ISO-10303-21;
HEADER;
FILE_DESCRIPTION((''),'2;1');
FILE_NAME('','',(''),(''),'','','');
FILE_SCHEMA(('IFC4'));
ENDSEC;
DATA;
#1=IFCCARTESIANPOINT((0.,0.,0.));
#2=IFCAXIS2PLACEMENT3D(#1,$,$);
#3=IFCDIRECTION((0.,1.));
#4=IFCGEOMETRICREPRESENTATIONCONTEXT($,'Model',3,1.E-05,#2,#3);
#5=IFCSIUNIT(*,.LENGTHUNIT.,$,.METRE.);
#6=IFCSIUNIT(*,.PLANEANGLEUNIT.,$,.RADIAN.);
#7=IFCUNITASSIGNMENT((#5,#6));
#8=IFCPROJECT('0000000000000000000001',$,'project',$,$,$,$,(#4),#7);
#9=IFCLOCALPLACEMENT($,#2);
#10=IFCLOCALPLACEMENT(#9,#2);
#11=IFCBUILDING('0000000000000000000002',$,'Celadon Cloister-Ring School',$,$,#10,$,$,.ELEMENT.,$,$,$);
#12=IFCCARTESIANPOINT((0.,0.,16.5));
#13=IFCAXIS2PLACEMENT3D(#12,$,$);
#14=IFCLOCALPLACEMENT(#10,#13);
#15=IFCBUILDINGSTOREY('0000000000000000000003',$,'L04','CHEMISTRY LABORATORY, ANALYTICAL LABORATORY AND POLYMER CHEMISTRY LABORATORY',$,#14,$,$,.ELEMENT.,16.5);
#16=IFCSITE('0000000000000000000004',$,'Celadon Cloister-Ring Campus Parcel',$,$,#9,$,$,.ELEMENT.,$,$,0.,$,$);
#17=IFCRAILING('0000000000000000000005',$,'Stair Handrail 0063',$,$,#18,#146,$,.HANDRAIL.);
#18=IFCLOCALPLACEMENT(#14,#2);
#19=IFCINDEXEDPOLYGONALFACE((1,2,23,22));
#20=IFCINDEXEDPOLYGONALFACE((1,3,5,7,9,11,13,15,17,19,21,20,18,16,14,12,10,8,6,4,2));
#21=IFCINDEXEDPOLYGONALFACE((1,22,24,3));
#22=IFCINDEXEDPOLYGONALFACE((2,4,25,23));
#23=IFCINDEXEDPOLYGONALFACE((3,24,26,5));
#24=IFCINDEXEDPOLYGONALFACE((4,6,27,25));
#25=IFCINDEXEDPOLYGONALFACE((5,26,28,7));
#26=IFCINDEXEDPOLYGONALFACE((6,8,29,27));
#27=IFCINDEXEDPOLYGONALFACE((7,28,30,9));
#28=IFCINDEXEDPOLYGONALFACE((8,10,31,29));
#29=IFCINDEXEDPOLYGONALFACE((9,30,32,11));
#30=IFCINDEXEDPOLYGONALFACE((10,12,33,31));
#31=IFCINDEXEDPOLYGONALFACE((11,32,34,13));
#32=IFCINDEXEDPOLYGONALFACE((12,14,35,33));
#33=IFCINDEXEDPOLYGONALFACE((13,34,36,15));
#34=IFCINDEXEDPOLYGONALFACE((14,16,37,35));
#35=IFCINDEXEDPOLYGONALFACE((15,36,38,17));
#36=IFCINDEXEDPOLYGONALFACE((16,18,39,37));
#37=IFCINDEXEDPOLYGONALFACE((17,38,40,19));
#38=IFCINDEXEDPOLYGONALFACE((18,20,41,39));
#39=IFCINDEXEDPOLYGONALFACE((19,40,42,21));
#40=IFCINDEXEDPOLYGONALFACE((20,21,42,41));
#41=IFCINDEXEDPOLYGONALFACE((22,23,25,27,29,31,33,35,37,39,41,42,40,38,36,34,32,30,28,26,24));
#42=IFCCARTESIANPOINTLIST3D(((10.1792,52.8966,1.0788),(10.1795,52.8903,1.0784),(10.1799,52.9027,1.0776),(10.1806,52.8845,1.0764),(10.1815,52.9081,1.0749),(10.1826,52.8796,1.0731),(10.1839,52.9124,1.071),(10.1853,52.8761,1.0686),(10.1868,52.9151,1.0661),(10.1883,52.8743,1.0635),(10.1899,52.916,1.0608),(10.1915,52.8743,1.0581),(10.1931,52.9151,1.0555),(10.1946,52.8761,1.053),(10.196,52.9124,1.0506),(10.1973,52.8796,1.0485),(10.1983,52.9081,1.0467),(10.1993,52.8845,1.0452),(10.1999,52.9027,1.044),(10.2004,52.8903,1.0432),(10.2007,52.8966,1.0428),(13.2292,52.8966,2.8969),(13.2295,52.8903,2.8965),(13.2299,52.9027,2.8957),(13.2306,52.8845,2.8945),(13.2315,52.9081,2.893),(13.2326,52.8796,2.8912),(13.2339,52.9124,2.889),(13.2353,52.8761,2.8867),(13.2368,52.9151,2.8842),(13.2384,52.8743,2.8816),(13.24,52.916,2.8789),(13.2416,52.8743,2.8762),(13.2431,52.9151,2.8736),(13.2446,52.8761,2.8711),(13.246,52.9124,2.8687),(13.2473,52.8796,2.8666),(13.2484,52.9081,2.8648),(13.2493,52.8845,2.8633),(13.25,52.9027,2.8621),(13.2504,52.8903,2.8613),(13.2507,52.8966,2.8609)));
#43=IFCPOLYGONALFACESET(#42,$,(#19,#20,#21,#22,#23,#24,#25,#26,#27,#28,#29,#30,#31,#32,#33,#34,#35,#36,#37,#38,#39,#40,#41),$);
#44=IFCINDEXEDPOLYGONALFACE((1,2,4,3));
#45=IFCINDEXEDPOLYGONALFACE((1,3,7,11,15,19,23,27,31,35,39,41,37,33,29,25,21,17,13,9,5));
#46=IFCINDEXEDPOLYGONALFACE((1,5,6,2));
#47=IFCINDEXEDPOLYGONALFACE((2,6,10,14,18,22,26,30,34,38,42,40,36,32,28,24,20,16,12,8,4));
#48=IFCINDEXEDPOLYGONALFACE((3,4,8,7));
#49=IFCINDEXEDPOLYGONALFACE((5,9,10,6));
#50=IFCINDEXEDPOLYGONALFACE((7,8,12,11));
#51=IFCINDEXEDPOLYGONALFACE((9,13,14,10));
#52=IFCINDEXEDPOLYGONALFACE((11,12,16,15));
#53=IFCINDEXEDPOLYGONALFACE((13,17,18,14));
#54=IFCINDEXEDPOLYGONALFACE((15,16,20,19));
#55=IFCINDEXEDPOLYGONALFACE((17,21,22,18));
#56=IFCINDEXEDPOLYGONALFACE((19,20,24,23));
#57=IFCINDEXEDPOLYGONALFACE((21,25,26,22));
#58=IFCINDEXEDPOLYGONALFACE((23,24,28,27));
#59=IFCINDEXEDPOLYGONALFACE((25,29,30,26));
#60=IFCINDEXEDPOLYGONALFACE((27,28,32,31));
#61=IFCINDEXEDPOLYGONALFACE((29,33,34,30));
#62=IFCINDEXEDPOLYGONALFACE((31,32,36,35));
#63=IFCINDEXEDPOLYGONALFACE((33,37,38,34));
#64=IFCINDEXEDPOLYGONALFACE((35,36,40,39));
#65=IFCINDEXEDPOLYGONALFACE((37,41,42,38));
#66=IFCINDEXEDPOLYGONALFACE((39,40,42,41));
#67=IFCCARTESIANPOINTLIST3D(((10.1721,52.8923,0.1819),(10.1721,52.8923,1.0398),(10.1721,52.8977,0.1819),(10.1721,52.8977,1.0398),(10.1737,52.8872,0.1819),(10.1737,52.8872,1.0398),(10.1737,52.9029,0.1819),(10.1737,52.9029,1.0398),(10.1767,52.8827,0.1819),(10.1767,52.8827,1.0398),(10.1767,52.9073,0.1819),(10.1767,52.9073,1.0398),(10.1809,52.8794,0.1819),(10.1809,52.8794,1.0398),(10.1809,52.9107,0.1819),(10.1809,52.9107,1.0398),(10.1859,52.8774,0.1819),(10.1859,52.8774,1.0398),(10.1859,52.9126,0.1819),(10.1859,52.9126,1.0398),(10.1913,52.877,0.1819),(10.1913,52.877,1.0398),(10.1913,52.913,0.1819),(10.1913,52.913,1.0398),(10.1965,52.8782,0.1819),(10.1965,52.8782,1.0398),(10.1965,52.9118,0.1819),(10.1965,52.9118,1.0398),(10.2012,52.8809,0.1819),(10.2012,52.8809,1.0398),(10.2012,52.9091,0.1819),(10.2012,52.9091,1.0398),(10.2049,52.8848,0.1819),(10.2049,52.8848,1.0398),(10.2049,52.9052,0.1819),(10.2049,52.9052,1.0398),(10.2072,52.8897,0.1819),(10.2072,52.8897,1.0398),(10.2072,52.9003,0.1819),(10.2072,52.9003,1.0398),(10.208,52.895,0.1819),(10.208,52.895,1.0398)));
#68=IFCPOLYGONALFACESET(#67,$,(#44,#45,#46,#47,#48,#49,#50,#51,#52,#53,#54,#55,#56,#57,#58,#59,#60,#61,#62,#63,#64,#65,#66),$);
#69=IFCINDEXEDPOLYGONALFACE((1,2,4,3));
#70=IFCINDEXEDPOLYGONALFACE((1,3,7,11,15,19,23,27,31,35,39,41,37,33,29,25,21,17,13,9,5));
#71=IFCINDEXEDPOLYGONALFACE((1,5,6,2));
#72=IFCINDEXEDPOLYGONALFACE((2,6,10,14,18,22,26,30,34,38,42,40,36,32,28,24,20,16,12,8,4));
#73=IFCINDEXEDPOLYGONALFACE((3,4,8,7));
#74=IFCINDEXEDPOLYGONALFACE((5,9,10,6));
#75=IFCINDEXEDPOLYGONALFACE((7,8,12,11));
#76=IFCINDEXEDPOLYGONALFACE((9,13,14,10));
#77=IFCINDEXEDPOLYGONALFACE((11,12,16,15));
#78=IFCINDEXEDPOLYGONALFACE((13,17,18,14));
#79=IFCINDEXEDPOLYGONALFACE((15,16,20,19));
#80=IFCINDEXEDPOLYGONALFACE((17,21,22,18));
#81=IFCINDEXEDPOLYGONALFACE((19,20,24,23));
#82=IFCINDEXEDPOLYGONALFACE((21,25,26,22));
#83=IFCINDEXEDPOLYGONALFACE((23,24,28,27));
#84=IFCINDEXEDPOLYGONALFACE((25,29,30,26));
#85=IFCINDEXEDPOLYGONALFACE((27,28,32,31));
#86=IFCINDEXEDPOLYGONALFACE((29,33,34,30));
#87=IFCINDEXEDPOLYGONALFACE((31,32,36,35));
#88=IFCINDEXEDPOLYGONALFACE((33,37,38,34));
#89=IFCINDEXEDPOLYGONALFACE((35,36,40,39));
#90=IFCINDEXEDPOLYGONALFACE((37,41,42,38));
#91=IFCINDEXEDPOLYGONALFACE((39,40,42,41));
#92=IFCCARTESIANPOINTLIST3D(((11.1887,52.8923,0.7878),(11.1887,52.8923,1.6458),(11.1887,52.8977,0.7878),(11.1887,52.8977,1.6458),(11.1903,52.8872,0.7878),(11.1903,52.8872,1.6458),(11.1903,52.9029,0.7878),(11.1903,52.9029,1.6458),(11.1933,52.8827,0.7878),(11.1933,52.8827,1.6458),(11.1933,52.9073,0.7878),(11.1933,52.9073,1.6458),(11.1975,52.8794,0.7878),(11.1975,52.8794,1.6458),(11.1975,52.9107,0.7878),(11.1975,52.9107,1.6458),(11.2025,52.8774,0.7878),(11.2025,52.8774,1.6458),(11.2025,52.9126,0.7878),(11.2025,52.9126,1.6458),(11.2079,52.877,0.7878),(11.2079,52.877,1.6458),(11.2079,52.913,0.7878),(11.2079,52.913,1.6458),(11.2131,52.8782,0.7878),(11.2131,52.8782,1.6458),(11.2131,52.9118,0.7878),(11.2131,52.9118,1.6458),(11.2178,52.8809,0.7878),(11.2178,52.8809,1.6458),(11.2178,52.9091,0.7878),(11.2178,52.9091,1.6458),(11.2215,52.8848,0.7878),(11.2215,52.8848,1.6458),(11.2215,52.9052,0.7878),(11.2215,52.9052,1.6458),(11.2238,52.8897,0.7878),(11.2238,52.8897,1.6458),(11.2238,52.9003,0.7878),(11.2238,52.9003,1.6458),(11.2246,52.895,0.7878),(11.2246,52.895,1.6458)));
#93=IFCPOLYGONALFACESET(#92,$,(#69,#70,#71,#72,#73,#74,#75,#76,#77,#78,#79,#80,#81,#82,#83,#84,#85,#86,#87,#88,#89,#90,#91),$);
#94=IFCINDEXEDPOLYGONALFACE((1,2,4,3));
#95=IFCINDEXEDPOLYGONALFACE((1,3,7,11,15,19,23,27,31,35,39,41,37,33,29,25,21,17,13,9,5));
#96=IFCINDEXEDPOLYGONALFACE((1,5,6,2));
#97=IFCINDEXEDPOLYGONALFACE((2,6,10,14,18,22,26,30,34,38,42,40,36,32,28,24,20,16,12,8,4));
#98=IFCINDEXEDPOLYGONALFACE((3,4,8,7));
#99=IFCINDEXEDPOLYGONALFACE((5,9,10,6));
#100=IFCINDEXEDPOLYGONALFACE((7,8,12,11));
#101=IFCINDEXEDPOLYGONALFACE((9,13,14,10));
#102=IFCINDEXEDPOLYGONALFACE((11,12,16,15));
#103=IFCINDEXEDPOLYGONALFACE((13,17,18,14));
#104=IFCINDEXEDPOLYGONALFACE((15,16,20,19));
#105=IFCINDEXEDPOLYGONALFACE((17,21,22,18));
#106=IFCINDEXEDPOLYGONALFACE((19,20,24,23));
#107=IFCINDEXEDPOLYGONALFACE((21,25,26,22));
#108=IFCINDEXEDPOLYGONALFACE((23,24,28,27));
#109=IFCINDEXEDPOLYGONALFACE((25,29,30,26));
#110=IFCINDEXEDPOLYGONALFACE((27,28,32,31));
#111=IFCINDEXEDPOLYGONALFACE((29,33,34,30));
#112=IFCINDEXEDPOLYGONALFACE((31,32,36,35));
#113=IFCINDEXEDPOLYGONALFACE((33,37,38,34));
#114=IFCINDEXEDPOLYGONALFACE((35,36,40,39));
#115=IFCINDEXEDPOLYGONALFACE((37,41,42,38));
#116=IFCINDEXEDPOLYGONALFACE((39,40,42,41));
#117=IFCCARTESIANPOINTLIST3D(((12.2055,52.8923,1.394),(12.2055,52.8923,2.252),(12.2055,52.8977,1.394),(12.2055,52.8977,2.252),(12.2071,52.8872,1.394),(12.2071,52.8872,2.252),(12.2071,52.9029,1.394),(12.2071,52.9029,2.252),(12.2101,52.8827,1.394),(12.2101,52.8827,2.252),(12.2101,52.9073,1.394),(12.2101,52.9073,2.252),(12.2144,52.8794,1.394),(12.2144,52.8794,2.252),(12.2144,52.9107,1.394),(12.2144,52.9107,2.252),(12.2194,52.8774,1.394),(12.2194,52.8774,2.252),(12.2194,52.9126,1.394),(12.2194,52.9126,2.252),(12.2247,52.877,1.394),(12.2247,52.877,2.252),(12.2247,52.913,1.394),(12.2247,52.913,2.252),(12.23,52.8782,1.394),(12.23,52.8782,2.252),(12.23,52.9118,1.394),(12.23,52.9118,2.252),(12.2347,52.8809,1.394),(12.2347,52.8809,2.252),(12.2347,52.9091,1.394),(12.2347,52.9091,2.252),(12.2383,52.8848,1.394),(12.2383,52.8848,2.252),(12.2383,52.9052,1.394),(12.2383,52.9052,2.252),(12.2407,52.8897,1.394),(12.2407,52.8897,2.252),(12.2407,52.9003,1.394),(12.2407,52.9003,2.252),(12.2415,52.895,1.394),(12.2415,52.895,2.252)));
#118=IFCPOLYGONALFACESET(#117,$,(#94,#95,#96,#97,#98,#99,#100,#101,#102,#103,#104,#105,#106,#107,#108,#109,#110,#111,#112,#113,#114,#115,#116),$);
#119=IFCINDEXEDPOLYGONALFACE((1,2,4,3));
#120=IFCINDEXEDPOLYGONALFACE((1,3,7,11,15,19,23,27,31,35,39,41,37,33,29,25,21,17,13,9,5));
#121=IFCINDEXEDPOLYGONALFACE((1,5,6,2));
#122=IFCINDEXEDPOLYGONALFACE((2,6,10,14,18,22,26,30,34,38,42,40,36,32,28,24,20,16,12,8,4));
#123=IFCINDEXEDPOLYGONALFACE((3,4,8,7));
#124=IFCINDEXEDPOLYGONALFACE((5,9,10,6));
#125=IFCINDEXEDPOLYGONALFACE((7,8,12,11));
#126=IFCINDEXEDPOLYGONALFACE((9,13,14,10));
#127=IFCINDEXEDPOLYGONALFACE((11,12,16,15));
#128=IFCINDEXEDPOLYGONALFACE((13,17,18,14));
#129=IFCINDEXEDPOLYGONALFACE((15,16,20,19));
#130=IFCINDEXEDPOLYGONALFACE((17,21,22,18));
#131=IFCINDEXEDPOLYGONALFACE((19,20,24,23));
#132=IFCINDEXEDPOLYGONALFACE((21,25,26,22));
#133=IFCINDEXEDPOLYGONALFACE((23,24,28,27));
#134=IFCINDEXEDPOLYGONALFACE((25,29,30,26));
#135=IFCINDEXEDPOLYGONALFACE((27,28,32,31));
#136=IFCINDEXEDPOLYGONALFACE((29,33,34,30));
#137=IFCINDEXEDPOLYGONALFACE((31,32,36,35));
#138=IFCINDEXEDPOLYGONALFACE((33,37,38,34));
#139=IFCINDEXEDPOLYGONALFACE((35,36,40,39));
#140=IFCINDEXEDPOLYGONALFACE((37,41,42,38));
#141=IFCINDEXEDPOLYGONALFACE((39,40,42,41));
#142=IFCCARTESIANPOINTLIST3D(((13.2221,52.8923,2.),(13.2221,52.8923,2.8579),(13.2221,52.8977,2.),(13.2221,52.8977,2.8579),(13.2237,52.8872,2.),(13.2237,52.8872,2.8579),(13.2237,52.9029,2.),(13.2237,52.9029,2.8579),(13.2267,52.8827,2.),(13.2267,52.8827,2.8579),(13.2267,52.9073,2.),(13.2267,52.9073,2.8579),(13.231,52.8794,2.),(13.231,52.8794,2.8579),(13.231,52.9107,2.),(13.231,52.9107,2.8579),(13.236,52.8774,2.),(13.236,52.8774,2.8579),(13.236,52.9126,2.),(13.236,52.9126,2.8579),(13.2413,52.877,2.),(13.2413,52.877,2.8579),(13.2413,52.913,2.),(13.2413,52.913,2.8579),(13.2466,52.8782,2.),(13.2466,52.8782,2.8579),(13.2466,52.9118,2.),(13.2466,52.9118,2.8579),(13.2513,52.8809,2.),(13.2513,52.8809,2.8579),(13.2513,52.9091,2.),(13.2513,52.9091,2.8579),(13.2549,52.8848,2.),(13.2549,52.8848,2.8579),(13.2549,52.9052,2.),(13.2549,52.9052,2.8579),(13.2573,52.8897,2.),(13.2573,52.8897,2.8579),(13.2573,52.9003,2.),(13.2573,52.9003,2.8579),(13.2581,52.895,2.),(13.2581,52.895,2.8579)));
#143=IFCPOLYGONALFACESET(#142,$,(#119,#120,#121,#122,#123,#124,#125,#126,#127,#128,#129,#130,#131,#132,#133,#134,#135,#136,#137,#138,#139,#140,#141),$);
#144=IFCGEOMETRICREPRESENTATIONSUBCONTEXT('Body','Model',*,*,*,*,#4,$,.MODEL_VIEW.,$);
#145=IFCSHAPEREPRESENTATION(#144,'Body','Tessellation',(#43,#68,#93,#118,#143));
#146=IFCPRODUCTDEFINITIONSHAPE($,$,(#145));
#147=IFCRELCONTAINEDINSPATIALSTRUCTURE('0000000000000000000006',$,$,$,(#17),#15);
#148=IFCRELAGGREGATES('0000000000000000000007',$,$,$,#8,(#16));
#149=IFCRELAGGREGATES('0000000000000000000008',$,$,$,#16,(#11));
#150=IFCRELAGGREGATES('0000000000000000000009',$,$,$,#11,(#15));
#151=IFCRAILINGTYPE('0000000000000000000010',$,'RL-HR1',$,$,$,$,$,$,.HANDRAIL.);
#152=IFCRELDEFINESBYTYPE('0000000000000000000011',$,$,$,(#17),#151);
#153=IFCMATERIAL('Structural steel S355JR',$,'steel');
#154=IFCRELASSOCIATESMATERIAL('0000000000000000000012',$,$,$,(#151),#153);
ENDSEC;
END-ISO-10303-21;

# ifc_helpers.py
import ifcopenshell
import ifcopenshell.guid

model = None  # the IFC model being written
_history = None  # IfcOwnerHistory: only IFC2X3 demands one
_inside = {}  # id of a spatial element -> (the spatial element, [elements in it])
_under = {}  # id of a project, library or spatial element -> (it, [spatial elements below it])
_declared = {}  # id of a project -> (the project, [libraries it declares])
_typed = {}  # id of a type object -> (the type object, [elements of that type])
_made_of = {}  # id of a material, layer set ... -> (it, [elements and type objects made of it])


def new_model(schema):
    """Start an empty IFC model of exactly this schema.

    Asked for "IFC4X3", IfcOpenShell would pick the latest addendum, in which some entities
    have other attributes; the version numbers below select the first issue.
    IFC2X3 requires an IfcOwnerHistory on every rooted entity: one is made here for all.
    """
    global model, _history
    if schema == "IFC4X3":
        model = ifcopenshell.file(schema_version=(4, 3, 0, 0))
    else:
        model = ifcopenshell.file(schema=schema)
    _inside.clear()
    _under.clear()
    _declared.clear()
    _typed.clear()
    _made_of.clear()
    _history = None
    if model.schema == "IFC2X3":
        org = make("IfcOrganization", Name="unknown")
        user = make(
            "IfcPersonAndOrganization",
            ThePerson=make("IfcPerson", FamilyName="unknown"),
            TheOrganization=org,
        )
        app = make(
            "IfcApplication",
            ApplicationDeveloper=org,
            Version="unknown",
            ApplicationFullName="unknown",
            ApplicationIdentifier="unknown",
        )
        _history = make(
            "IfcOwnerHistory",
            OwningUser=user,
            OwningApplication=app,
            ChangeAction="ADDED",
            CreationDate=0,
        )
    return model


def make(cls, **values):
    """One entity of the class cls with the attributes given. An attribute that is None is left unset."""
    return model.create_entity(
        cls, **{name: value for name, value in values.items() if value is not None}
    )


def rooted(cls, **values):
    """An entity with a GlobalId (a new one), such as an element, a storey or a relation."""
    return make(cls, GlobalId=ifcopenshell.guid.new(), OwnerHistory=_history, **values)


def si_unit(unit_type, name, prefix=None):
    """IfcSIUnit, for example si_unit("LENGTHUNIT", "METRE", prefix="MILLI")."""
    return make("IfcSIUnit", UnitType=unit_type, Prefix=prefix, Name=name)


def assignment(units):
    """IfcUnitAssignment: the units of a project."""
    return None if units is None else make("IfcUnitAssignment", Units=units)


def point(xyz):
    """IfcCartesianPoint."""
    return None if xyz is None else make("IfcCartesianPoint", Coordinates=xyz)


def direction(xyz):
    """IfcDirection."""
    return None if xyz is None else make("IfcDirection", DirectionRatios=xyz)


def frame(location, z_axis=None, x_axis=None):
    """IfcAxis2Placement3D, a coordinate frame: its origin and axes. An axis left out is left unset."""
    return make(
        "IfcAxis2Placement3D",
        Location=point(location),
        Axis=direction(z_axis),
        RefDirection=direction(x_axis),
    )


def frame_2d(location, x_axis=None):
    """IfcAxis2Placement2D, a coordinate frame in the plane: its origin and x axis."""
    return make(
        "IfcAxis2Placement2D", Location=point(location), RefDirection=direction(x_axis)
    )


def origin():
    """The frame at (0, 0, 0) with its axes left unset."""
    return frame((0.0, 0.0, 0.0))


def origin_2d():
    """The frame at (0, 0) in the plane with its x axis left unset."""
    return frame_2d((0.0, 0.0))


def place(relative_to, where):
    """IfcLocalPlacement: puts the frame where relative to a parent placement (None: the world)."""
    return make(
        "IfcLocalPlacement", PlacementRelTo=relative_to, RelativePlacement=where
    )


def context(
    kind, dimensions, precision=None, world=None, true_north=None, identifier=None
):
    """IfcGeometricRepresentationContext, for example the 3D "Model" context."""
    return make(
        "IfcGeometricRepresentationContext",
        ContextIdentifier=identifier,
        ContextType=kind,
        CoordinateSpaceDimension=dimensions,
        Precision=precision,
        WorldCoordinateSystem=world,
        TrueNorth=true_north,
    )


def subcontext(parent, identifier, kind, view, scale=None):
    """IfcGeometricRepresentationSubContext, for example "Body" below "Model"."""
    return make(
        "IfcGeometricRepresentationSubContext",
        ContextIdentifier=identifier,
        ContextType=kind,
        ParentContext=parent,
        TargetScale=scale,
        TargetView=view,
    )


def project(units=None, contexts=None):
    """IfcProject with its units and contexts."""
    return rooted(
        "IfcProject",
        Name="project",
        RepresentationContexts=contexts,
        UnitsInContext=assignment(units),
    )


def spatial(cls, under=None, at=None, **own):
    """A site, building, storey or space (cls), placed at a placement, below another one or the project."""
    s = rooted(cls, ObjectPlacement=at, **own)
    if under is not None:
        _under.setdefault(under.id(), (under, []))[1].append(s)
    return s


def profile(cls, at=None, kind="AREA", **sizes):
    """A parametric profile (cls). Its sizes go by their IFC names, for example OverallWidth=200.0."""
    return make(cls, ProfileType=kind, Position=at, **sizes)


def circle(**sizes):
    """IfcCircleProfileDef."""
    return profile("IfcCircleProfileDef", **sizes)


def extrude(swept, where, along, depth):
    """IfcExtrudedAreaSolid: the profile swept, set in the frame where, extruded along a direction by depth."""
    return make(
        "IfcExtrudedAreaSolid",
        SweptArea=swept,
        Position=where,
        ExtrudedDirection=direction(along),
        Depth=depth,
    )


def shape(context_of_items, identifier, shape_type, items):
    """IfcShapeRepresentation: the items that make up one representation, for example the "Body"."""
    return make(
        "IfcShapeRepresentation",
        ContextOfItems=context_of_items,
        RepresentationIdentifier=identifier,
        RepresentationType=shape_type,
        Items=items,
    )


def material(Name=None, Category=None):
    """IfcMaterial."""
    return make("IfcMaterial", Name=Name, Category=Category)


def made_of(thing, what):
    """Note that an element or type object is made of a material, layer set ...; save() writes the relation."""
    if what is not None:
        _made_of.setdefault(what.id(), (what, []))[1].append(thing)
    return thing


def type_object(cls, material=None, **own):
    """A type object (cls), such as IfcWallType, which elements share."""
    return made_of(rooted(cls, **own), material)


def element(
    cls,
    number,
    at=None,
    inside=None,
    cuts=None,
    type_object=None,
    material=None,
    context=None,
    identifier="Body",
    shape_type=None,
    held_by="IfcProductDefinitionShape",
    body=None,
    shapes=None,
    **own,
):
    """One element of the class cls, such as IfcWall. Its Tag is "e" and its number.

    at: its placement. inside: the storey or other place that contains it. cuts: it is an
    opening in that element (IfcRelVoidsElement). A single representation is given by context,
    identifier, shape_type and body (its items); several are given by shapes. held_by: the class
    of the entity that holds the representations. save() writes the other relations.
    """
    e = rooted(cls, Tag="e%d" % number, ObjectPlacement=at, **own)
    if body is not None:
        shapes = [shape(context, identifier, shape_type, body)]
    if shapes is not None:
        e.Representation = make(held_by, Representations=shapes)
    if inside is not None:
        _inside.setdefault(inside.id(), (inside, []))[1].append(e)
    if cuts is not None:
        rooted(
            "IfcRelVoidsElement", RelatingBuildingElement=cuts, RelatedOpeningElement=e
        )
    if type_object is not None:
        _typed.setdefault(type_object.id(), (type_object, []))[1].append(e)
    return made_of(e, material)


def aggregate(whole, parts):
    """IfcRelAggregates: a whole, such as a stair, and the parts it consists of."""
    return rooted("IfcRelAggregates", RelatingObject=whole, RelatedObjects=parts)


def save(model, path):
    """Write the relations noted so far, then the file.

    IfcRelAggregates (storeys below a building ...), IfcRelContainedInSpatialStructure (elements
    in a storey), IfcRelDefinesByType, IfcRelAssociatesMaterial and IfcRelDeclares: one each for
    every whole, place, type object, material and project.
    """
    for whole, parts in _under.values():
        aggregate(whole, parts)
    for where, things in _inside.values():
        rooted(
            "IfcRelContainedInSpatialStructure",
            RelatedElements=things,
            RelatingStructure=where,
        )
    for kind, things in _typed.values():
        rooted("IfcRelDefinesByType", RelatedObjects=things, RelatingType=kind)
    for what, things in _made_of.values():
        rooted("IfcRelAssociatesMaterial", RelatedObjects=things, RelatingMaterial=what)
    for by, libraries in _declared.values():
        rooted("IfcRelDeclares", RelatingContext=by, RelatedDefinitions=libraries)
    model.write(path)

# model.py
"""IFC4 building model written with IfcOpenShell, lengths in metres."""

from ifc_helpers import new_model, si_unit, direction, frame, origin, origin_2d, place, context, subcontext, project, spatial, circle, extrude, material, type_object, element, save


model = new_model("IFC4")

# Units and contexts
model_context = context("Model", 3, precision=1e-05, world=origin(), true_north=direction((0.0, 1.0)))
body_context = subcontext(model_context, "Body", "Model", "MODEL_VIEW")
ifc_project = project(units=[si_unit("LENGTHUNIT", "METRE"), si_unit("PLANEANGLEUNIT", "RADIAN")], contexts=[model_context])

# Site, building, storey
site_placement = place(None, origin())
site = spatial("IfcSite", under=ifc_project, at=site_placement, Name="Celadon Cloister-Ring Campus Parcel", CompositionType="ELEMENT", RefElevation=0.0)
building_placement = place(site_placement, origin())
building = spatial("IfcBuilding", under=site, at=building_placement, Name="Celadon Cloister-Ring School", CompositionType="ELEMENT")
storey_placement = place(building_placement, frame((0.0, 0.0, 16.5)))
storey = spatial("IfcBuildingStorey", under=building, at=storey_placement, Name="L04", Description="CHEMISTRY LABORATORY, ANALYTICAL LABORATORY AND POLYMER CHEMISTRY LABORATORY", CompositionType="ELEMENT", Elevation=16.5)

# Railing
ifc_material_1 = material(Name="Structural steel S355JR", Category="steel")
railing_type_1 = type_object("IfcRailingType", Name="RL-HR1", PredefinedType="HANDRAIL", material=ifc_material_1)
for number, where, name in (
    (1, (10.1899, 52.895, 0.1819), "Stair Handrail 0063"),
):
    element("IfcRailing", number, at=place(storey_placement, frame(where)), inside=storey, type_object=railing_type_1, Name=name, PredefinedType="HANDRAIL", context=body_context, shape_type="SweptSolid", body=[
        extrude(circle(Radius=0.021, at=origin_2d()), frame((0.0, 0.0, 0.8789), z_axis=(0.85897, 0.0, 0.512026), x_axis=(0.0, 1.0, 0.0)), (0.0, 0.0, 1.0), 3.5508),
        extrude(circle(Radius=0.0181, at=origin_2d()), origin(), (0.0, 0.0, 1.0), 0.8579),
        extrude(circle(Radius=0.0181, at=origin_2d()), frame((1.0166, 0.0, 0.606)), (0.0, 0.0, 1.0), 0.8579),
        extrude(circle(Radius=0.0181, at=origin_2d()), frame((2.0334, 0.0, 1.2122)), (0.0, 0.0, 1.0), 0.8579),
        extrude(circle(Radius=0.0181, at=origin_2d()), frame((3.05, 0.0, 1.8181)), (0.0, 0.0, 1.0), 0.8579),
    ])

save(model, "model.ifc")
